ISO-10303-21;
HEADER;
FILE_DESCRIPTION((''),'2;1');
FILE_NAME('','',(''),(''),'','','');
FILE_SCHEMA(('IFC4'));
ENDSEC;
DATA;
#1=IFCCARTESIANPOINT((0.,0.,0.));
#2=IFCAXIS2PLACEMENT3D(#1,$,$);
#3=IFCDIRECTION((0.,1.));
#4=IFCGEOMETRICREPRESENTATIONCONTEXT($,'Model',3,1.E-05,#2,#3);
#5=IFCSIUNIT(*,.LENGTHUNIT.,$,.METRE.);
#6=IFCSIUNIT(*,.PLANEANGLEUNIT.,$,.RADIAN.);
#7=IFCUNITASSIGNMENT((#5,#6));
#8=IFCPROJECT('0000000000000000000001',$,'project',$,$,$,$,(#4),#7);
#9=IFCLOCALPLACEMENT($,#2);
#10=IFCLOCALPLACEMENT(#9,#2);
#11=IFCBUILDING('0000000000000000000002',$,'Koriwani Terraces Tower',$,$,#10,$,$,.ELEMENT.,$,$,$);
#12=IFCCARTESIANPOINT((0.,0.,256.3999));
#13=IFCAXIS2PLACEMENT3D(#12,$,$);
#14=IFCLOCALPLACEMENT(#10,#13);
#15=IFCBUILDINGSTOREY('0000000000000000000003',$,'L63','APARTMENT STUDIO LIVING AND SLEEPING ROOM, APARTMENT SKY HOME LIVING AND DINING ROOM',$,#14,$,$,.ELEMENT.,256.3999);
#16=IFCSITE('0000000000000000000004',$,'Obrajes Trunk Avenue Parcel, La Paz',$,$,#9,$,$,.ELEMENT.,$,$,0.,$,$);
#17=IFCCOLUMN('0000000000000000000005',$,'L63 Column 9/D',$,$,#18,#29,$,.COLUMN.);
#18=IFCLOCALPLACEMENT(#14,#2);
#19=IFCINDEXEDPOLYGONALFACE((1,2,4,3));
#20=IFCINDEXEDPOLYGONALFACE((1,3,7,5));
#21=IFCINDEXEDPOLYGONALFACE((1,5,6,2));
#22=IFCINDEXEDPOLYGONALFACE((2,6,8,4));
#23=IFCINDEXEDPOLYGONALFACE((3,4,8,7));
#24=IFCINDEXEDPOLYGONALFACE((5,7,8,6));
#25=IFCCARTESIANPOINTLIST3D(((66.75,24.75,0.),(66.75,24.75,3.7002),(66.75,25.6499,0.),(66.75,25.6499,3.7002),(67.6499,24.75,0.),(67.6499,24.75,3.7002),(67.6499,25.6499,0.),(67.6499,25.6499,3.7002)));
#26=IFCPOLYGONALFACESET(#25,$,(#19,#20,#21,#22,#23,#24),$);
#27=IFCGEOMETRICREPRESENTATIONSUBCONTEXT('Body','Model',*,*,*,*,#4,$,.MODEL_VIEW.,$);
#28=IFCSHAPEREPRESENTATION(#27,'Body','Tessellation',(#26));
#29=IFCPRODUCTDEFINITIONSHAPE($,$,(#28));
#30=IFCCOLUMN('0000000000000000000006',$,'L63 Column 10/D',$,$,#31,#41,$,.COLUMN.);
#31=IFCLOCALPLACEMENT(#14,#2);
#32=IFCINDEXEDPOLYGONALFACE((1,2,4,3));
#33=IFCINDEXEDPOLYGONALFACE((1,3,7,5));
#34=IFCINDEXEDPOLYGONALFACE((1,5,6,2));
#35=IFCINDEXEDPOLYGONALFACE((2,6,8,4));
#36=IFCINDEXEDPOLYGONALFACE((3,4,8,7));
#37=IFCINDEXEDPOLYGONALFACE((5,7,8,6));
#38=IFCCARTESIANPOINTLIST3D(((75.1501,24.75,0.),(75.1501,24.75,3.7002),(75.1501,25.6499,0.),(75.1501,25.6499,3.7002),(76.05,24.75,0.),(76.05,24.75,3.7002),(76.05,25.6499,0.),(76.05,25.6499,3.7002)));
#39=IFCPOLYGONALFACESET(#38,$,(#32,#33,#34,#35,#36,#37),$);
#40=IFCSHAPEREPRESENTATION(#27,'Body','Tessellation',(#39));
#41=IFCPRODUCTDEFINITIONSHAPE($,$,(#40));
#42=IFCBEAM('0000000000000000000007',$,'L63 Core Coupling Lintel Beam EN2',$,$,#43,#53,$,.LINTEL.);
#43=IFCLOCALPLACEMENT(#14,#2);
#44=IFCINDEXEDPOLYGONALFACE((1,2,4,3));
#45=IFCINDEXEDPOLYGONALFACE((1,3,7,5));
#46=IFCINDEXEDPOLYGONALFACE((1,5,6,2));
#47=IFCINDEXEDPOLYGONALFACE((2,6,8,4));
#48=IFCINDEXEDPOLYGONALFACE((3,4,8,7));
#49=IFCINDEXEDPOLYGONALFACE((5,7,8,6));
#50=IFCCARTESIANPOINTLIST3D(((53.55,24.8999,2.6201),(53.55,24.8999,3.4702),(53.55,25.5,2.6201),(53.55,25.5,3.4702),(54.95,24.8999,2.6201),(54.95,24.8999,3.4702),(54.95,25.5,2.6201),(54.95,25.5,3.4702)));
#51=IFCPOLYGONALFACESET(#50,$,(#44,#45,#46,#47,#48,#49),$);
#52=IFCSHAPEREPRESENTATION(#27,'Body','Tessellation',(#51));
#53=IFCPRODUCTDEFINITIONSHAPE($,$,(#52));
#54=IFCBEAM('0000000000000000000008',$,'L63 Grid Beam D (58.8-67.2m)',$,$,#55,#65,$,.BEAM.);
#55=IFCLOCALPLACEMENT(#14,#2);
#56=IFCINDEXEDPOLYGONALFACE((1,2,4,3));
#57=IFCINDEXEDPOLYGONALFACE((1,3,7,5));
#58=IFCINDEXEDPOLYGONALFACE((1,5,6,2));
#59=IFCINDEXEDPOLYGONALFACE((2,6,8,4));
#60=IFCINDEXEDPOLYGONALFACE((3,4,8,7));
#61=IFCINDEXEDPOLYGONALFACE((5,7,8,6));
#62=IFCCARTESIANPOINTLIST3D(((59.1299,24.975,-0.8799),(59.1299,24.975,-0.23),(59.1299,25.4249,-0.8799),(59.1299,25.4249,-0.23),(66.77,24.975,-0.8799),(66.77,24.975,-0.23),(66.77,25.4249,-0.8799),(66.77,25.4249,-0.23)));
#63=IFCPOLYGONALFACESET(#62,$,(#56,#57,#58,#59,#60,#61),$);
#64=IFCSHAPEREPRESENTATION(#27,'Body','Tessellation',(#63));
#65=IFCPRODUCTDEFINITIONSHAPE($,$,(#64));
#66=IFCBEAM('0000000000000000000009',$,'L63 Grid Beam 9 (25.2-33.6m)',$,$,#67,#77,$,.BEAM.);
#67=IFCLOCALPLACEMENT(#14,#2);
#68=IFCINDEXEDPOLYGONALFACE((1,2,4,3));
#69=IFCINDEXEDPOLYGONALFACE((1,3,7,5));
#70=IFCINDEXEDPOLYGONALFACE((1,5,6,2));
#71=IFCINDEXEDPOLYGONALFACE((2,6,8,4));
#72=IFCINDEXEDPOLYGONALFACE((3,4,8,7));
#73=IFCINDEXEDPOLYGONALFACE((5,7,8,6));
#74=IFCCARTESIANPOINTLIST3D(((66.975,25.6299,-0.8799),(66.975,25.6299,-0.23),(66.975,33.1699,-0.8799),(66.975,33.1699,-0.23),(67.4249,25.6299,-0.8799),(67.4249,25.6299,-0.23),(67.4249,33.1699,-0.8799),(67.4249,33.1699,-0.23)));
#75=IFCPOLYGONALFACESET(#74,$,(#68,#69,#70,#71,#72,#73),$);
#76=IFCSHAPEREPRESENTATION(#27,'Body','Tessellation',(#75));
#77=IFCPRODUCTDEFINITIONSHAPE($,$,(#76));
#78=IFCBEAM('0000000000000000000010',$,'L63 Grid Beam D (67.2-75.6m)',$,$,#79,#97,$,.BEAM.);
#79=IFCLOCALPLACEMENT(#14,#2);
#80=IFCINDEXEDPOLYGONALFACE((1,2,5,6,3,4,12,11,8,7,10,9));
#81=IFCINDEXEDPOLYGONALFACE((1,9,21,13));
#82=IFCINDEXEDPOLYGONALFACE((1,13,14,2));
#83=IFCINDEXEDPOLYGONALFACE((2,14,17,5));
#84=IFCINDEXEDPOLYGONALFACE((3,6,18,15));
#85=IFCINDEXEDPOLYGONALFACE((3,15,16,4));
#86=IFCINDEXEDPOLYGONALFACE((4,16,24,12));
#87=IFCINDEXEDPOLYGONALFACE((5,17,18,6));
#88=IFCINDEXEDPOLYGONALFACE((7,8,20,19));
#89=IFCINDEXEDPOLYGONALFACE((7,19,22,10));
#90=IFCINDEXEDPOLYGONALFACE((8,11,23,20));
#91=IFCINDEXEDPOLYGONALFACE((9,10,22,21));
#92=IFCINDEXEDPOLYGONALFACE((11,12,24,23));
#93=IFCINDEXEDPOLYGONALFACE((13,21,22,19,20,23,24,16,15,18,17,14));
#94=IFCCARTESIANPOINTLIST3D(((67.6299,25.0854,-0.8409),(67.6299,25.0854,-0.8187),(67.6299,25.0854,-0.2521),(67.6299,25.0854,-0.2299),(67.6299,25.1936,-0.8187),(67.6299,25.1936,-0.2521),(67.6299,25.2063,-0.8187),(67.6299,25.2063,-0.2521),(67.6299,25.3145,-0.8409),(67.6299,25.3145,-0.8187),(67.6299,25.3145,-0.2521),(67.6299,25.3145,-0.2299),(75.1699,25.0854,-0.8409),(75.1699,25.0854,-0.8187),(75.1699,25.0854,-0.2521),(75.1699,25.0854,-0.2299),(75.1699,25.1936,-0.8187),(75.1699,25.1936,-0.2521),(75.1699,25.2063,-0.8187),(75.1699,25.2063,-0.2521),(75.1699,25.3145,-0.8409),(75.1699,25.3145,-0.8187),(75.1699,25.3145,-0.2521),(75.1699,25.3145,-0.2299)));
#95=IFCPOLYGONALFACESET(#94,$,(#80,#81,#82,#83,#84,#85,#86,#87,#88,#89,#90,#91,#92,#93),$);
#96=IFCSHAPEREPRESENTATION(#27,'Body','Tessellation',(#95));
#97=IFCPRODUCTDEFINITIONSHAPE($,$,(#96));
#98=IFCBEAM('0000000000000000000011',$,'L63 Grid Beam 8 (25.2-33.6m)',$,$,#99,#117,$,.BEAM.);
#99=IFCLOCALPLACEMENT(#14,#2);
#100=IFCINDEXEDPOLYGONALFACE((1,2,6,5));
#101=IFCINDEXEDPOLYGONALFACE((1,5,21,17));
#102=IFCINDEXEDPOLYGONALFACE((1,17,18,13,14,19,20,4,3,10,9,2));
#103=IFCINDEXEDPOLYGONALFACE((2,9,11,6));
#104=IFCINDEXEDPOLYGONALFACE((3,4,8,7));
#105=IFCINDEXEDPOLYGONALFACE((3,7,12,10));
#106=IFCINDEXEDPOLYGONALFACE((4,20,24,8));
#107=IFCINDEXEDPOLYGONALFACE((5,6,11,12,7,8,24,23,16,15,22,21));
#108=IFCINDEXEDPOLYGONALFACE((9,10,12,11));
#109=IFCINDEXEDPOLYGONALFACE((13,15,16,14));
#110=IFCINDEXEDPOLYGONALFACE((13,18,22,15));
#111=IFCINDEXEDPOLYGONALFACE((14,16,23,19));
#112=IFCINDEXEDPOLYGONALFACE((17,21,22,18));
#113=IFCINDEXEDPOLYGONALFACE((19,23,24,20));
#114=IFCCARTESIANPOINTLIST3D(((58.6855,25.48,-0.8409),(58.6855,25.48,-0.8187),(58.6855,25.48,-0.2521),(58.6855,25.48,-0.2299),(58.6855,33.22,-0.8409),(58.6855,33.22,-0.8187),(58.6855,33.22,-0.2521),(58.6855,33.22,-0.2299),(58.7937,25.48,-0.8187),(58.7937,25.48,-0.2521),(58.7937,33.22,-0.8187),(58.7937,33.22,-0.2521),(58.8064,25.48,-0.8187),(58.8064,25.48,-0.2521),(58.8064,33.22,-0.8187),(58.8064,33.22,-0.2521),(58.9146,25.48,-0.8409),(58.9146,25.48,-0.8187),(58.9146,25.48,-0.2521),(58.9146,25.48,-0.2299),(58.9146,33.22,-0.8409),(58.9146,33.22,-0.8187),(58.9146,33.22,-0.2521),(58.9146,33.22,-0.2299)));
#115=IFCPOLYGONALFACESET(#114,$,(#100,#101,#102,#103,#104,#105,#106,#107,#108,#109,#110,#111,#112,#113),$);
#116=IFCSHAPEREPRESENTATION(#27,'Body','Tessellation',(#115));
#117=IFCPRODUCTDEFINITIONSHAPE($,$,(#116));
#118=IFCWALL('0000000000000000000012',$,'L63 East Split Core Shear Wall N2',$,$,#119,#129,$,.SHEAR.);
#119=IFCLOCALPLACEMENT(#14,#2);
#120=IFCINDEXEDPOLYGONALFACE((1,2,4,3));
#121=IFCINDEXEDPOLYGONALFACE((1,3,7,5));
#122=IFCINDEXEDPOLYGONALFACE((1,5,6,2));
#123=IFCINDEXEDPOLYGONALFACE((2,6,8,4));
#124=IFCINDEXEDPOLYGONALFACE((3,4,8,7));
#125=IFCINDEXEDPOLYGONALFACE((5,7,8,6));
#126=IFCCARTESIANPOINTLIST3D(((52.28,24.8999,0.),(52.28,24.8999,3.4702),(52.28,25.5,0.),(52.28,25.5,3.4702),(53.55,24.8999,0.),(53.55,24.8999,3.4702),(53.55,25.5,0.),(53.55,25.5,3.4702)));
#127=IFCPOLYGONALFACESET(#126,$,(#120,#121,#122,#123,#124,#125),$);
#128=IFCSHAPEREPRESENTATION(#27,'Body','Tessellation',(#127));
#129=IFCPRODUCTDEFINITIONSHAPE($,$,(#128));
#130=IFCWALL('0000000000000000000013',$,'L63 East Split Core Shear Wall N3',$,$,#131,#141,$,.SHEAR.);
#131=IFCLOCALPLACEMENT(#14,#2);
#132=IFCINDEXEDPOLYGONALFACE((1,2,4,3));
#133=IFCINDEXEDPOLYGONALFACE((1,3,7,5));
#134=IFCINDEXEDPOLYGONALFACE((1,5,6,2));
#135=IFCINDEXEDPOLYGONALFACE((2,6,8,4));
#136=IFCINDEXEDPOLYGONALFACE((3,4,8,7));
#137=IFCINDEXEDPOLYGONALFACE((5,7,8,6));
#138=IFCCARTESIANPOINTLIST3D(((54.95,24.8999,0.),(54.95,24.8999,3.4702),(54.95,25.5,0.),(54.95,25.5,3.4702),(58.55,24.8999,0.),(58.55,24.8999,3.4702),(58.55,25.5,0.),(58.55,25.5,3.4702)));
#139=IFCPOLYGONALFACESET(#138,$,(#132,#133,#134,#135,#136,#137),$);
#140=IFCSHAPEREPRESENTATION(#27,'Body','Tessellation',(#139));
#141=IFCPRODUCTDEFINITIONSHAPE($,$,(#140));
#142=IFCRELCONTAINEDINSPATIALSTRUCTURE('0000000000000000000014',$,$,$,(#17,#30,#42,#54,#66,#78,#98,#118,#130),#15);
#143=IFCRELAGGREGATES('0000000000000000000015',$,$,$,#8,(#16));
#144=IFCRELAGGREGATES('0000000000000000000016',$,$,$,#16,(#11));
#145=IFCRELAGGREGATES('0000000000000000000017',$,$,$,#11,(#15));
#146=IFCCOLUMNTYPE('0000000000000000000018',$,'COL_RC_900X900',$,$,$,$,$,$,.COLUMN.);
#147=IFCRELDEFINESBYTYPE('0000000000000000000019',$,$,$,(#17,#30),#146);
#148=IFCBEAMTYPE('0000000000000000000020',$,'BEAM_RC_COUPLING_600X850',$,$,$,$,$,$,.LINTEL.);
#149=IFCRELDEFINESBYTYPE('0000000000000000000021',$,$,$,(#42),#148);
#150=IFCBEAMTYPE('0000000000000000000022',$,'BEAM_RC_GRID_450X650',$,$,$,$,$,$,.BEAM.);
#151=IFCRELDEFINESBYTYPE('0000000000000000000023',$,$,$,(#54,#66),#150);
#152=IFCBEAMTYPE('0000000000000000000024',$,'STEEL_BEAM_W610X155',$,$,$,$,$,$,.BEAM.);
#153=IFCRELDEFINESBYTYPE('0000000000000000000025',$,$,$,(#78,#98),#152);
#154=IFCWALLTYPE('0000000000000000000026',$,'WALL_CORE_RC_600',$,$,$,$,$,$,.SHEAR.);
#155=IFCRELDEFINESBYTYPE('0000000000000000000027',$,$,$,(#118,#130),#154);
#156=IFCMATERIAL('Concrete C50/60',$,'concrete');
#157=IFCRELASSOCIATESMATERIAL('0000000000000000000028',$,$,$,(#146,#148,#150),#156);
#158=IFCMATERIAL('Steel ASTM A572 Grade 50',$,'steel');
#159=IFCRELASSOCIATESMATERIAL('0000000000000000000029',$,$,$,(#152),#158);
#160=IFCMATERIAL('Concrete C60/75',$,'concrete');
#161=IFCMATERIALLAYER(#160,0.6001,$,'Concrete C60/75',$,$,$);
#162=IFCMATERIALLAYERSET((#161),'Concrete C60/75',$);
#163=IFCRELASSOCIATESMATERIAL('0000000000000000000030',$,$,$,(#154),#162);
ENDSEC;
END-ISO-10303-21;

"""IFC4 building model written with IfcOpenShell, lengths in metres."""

from ifc_helpers import new_model, si_unit, direction, frame, frame_2d, origin, origin_2d, place, context, subcontext, project, spatial, rectangle, i_section, extrude, material, layer, layer_set, material_profile, profile_set, type_object, element, save


model = new_model("IFC4")

# Units and contexts
model_context = context("Model", 3, precision=1e-05, world=origin(), true_north=direction((0.0, 1.0)))
body_context = subcontext(model_context, "Body", "Model", "MODEL_VIEW")
ifc_project = project(units=[si_unit("LENGTHUNIT", "METRE"), si_unit("PLANEANGLEUNIT", "RADIAN")], contexts=[model_context])

# Site, building, storey
site_placement = place(None, origin())
site = spatial("IfcSite", under=ifc_project, at=site_placement, Name="Obrajes Trunk Avenue Parcel, La Paz", CompositionType="ELEMENT", RefElevation=0.0)
building_placement = place(site_placement, origin())
building = spatial("IfcBuilding", under=site, at=building_placement, Name="Koriwani Terraces Tower", CompositionType="ELEMENT")
storey_placement = place(building_placement, frame((0.0, 0.0, 256.3999)))
storey = spatial("IfcBuildingStorey", under=building, at=storey_placement, Name="L63", Description="APARTMENT STUDIO LIVING AND SLEEPING ROOM, APARTMENT SKY HOME LIVING AND DINING ROOM", CompositionType="ELEMENT", Elevation=256.3999)

# Columns
ifc_material_1 = material(Name="Concrete C50/60", Category="concrete")
ifc_material_profile_1 = material_profile(ifc_material_1, rectangle(XDim=0.8999, YDim=0.8999, at=origin_2d()), Name="Concrete C50/60", Category="LoadBearing")
ifc_profile_set_1 = profile_set([ifc_material_profile_1], Name="Concrete C50/60")
column_type = type_object("IfcColumnType", Name="COL_RC_900X900", PredefinedType="COLUMN", material=ifc_profile_set_1)
for number, where, z_axis, x_axis, name in (
    (1, (67.2, 25.2, 0.0), (0.0, 0.0, 1.0), (1.0, 0.0, 0.0), "L63 Column 9/D"),
    (2, (75.6001, 25.2, 0.0), (0.0, 0.0, 1.0), (1.0, 0.0, 0.0), "L63 Column 10/D"),
):
    element("IfcColumn", number, at=place(storey_placement, frame(where, z_axis=z_axis, x_axis=x_axis)), inside=storey, type_object=column_type, Name=name, PredefinedType="COLUMN", context=body_context, shape_type="SweptSolid", body=[
        extrude(rectangle(XDim=0.8999, YDim=0.8999, at=origin_2d()), origin(), (0.0, 0.0, 1.0), 3.7002),
    ])

# Beams
ifc_material_profile_2 = material_profile(ifc_material_1, rectangle(XDim=0.6001, YDim=0.8501, at=origin_2d()), Name="Concrete C50/60", Category="LoadBearing")
ifc_profile_set_2 = profile_set([ifc_material_profile_2], Name="Concrete C50/60")
beam_type_1 = type_object("IfcBeamType", Name="BEAM_RC_COUPLING_600X850", PredefinedType="LINTEL", material=ifc_profile_set_2)
beam_1_placement = place(storey_placement, frame((53.55, 25.2, 3.0452), z_axis=(1.0, 0.0, 0.0), x_axis=(0.0, 1.0, 0.0)))
element("IfcBeam", 3, at=beam_1_placement, inside=storey, type_object=beam_type_1, Name="L63 Core Coupling Lintel Beam EN2", PredefinedType="LINTEL", context=body_context, shape_type="SweptSolid", body=[
    extrude(rectangle(XDim=0.6001, YDim=0.8501, at=origin_2d()), origin(), (0.0, 0.0, 1.0), 1.3999),
])
ifc_material_profile_3 = material_profile(ifc_material_1, rectangle(XDim=0.45, YDim=0.6499, at=origin_2d()), Name="Concrete C50/60", Category="LoadBearing")
ifc_profile_set_3 = profile_set([ifc_material_profile_3], Name="Concrete C50/60")
beam_type_2 = type_object("IfcBeamType", Name="BEAM_RC_GRID_450X650", PredefinedType="BEAM", material=ifc_profile_set_3)
beam_2_placement = place(storey_placement, frame((59.1299, 25.2, -0.5549), z_axis=(1.0, 0.0, 0.0), x_axis=(0.0, 1.0, 0.0)))
element("IfcBeam", 4, at=beam_2_placement, inside=storey, type_object=beam_type_2, Name="L63 Grid Beam D (58.8-67.2m)", PredefinedType="BEAM", context=body_context, shape_type="SweptSolid", body=[
    extrude(rectangle(XDim=0.45, YDim=0.6499, at=origin_2d()), origin(), (0.0, 0.0, 1.0), 7.6401),
])
beam_3_placement = place(storey_placement, frame((67.2, 25.6299, -0.5549), z_axis=(0.0, 1.0, 0.0), x_axis=(-1.0, 0.0, 0.0)))
element("IfcBeam", 5, at=beam_3_placement, inside=storey, type_object=beam_type_2, Name="L63 Grid Beam 9 (25.2-33.6m)", PredefinedType="BEAM", context=body_context, shape_type="SweptSolid", body=[
    extrude(rectangle(XDim=0.45, YDim=0.6499, at=origin_2d()), origin(), (0.0, 0.0, 1.0), 7.54),
])
ifc_material_2 = material(Name="Steel ASTM A572 Grade 50", Category="steel")
ifc_material_profile_4 = material_profile(ifc_material_2, i_section(OverallWidth=0.229, OverallDepth=0.6111, WebThickness=0.0127, FlangeThickness=0.0222, at=origin_2d()), Name="Steel ASTM A572 Grade 50", Category="LoadBearing")
ifc_profile_set_4 = profile_set([ifc_material_profile_4], Name="Steel ASTM A572 Grade 50")
beam_type_3 = type_object("IfcBeamType", Name="STEEL_BEAM_W610X155", PredefinedType="BEAM", material=ifc_profile_set_4)
beam_4_placement = place(storey_placement, frame((67.6299, 25.2, -0.5354), z_axis=(1.0, 0.0, 0.0), x_axis=(0.0, 1.0, 0.0)))
element("IfcBeam", 6, at=beam_4_placement, inside=storey, type_object=beam_type_3, Name="L63 Grid Beam D (67.2-75.6m)", PredefinedType="BEAM", context=body_context, shape_type="SweptSolid", body=[
    extrude(i_section(OverallWidth=0.229, OverallDepth=0.6111, WebThickness=0.0127, FlangeThickness=0.0222, at=origin_2d()), origin(), (0.0, 0.0, 1.0), 7.54),
])
beam_5_placement = place(storey_placement, frame((58.8, 25.48, -0.5354), z_axis=(0.0, 1.0, 0.0), x_axis=(-1.0, 0.0, 0.0)))
element("IfcBeam", 7, at=beam_5_placement, inside=storey, type_object=beam_type_3, Name="L63 Grid Beam 8 (25.2-33.6m)", PredefinedType="BEAM", context=body_context, shape_type="SweptSolid", body=[
    extrude(i_section(OverallWidth=0.229, OverallDepth=0.6111, WebThickness=0.0127, FlangeThickness=0.0222, at=origin_2d()), origin(), (0.0, 0.0, 1.0), 7.74),
])

# Walls
ifc_material_3 = material(Name="Concrete C60/75", Category="concrete")
ifc_layer_1 = layer(ifc_material_3, 0.6001, Name="Concrete C60/75")
ifc_layer_set_1 = layer_set([ifc_layer_1], Name="Concrete C60/75")
wall_type_1 = type_object("IfcWallType", Name="WALL_CORE_RC_600", PredefinedType="SHEAR", material=ifc_layer_set_1)
wall_1_placement = place(storey_placement, frame((52.28, 25.2, 0.0), z_axis=(0.0, 0.0, 1.0), x_axis=(1.0, 0.0, 0.0)))
element("IfcWall", 8, at=wall_1_placement, inside=storey, type_object=wall_type_1, Name="L63 East Split Core Shear Wall N2", PredefinedType="SHEAR", context=body_context, shape_type="SweptSolid", body=[
    extrude(rectangle(XDim=1.27, YDim=0.6001, at=frame_2d((0.635, 0.0))), origin(), (0.0, 0.0, 1.0), 3.4702),
])
wall_2_placement = place(storey_placement, frame((54.95, 25.2, 0.0), z_axis=(0.0, 0.0, 1.0), x_axis=(1.0, 0.0, 0.0)))
element("IfcWall", 9, at=wall_2_placement, inside=storey, type_object=wall_type_1, Name="L63 East Split Core Shear Wall N3", PredefinedType="SHEAR", context=body_context, shape_type="SweptSolid", body=[
    extrude(rectangle(XDim=3.6001, YDim=0.6001, at=frame_2d((1.8, 0.0))), origin(), (0.0, 0.0, 1.0), 3.4702),
])

save(model, "model.ifc")
